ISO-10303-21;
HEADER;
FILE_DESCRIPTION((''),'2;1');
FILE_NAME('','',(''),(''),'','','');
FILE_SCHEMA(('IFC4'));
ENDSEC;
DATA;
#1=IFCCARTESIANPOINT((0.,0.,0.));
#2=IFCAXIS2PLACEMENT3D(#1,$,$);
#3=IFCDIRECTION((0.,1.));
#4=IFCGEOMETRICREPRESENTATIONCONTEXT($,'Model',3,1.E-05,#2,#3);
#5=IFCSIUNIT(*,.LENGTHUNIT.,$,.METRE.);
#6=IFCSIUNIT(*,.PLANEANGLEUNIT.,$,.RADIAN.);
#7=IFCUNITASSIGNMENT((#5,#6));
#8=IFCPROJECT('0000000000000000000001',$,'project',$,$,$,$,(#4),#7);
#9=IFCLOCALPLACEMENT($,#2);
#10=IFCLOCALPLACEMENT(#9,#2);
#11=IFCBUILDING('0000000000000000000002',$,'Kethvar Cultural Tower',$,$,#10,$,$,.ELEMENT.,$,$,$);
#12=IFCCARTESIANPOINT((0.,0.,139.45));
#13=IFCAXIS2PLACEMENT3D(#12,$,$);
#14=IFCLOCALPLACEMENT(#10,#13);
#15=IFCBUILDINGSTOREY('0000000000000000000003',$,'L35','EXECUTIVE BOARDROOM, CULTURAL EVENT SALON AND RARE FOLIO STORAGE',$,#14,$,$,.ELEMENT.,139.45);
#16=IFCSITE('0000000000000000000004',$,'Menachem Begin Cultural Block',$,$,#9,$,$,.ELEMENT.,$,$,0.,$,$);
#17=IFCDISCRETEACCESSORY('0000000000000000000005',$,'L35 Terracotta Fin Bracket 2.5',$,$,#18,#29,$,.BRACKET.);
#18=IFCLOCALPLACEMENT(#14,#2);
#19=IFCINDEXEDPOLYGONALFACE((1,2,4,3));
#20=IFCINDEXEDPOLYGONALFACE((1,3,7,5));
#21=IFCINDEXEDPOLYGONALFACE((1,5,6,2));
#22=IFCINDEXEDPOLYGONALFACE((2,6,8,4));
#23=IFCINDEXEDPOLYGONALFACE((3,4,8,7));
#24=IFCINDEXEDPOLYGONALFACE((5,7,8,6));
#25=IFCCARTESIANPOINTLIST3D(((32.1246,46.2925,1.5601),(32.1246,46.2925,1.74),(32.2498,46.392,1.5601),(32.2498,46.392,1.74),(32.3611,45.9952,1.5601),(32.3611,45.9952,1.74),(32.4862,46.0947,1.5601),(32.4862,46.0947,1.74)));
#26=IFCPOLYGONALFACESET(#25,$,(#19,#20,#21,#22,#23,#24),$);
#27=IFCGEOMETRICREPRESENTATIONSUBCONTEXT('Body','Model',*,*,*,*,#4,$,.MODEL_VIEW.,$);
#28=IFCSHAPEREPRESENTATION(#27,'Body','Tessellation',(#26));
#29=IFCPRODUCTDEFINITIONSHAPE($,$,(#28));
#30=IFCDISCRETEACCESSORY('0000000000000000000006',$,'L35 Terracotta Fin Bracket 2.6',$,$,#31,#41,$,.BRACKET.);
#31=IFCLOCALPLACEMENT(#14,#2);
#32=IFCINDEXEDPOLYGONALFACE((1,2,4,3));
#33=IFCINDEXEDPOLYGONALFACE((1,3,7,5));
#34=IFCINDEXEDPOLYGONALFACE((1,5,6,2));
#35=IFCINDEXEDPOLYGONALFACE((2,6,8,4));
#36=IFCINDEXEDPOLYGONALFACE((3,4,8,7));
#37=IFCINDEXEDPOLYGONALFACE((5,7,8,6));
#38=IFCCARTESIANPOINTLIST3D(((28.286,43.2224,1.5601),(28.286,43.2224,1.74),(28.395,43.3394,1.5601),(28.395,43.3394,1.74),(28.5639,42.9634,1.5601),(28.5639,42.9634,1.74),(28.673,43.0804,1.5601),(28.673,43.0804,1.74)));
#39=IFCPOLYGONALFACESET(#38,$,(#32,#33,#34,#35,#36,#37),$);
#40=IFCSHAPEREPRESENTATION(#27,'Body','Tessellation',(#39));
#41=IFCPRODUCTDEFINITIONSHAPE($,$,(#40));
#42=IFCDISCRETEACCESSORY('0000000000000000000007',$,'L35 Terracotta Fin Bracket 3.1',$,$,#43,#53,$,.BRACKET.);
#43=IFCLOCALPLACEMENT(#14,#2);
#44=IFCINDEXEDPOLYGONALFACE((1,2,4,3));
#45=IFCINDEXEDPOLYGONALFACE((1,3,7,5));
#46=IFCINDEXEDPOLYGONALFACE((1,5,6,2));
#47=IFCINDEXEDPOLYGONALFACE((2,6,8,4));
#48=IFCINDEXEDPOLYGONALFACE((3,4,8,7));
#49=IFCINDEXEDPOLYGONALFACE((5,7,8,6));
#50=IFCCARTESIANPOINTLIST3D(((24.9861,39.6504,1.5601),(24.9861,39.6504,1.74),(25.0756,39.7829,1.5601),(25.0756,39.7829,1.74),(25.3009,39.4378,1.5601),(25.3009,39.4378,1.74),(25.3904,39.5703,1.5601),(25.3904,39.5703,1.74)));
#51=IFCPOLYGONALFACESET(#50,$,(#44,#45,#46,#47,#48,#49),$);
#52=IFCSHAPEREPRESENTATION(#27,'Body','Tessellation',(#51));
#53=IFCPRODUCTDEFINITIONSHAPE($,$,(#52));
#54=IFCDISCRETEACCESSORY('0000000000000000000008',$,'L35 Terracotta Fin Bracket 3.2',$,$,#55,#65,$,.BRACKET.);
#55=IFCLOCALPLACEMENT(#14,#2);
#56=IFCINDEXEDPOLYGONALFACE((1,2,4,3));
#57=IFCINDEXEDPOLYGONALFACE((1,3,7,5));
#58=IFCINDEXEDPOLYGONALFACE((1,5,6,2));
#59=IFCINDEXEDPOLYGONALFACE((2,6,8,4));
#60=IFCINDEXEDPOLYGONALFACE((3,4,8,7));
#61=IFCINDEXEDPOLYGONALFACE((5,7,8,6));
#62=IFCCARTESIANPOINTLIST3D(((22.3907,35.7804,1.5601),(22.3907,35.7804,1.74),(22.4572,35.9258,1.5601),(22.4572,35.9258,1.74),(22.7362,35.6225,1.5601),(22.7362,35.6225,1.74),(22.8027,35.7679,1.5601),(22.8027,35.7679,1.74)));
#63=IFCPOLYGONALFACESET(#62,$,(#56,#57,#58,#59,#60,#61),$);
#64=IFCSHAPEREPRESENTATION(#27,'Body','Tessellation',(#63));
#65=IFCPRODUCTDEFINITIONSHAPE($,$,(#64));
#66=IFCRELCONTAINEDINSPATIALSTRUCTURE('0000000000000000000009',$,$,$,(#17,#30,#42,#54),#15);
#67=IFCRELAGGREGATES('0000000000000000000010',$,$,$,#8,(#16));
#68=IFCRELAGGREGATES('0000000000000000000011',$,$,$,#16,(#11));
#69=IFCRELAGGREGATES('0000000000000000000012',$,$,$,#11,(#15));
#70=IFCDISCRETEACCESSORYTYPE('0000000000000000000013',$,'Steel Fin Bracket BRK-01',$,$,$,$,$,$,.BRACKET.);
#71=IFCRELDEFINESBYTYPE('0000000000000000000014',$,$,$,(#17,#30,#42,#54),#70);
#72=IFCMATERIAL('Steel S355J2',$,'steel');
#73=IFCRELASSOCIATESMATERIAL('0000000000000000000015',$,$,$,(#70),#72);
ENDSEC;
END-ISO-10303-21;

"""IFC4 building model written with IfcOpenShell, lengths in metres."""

from ifc_helpers import new_model, si_unit, direction, frame, origin, origin_2d, place, context, subcontext, project, spatial, rectangle, extrude, source, transform, mapped, material, type_object, element, save


model = new_model("IFC4")

# Units and contexts
model_context = context("Model", 3, precision=1e-05, world=origin(), true_north=direction((0.0, 1.0)))
body_context = subcontext(model_context, "Body", "Model", "MODEL_VIEW")
ifc_project = project(units=[si_unit("LENGTHUNIT", "METRE"), si_unit("PLANEANGLEUNIT", "RADIAN")], contexts=[model_context])

# Site, building, storey
site_placement = place(None, origin())
site = spatial("IfcSite", under=ifc_project, at=site_placement, Name="Menachem Begin Cultural Block", CompositionType="ELEMENT", RefElevation=0.0)
building_placement = place(site_placement, origin())
building = spatial("IfcBuilding", under=site, at=building_placement, Name="Kethvar Cultural Tower", CompositionType="ELEMENT")
storey_placement = place(building_placement, frame((0.0, 0.0, 139.45)))
storey = spatial("IfcBuildingStorey", under=building, at=storey_placement, Name="L35", Description="EXECUTIVE BOARDROOM, CULTURAL EVENT SALON AND RARE FOLIO STORAGE", CompositionType="ELEMENT", Elevation=139.45)

# Shared definitions
ifc_material_1 = material(Name="Steel S355J2", Category="steel")

# Discrete accessories
discrete_accessory_type = type_object("IfcDiscreteAccessoryType", Name="Steel Fin Bracket BRK-01", PredefinedType="BRACKET", material=ifc_material_1)
shared_shape_1 = source(origin(), body_context, "Body", "SweptSolid", [
    extrude(rectangle(XDim=0.3799, YDim=0.1599, at=origin_2d()), origin(), (0.0, 0.0, 1.0), 0.1799),
])
for number, where, z_axis, x_axis, name in (
    (1, (32.3054, 46.1936, 1.5601), (0.0, 0.0, 1.0), (-0.622378, 0.782717, 0.0), "L35 Terracotta Fin Bracket 2.5"),
    (2, (28.4795, 43.1514, 1.5601), (0.0, 0.0, 1.0), (-0.731592, 0.681743, 0.0), "L35 Terracotta Fin Bracket 2.6"),
    (3, (25.1882, 39.6104, 1.5601), (0.0, 0.0, 1.0), (-0.828647, 0.559772, 0.0), "L35 Terracotta Fin Bracket 3.1"),
    (4, (22.5967, 35.7742, 1.5601), (0.0, 0.0, 1.0), (-0.909527, 0.415646, 0.0), "L35 Terracotta Fin Bracket 3.2"),
):
    element("IfcDiscreteAccessory", number, at=place(storey_placement, frame(where, z_axis=z_axis, x_axis=x_axis)), inside=storey, type_object=discrete_accessory_type, Name=name, PredefinedType="BRACKET", context=body_context, shape_type="MappedRepresentation", body=[
        mapped(shared_shape_1, transform((0.0, 0.0, 0.0), scale=1.0)),
    ])

save(model, "model.ifc")
